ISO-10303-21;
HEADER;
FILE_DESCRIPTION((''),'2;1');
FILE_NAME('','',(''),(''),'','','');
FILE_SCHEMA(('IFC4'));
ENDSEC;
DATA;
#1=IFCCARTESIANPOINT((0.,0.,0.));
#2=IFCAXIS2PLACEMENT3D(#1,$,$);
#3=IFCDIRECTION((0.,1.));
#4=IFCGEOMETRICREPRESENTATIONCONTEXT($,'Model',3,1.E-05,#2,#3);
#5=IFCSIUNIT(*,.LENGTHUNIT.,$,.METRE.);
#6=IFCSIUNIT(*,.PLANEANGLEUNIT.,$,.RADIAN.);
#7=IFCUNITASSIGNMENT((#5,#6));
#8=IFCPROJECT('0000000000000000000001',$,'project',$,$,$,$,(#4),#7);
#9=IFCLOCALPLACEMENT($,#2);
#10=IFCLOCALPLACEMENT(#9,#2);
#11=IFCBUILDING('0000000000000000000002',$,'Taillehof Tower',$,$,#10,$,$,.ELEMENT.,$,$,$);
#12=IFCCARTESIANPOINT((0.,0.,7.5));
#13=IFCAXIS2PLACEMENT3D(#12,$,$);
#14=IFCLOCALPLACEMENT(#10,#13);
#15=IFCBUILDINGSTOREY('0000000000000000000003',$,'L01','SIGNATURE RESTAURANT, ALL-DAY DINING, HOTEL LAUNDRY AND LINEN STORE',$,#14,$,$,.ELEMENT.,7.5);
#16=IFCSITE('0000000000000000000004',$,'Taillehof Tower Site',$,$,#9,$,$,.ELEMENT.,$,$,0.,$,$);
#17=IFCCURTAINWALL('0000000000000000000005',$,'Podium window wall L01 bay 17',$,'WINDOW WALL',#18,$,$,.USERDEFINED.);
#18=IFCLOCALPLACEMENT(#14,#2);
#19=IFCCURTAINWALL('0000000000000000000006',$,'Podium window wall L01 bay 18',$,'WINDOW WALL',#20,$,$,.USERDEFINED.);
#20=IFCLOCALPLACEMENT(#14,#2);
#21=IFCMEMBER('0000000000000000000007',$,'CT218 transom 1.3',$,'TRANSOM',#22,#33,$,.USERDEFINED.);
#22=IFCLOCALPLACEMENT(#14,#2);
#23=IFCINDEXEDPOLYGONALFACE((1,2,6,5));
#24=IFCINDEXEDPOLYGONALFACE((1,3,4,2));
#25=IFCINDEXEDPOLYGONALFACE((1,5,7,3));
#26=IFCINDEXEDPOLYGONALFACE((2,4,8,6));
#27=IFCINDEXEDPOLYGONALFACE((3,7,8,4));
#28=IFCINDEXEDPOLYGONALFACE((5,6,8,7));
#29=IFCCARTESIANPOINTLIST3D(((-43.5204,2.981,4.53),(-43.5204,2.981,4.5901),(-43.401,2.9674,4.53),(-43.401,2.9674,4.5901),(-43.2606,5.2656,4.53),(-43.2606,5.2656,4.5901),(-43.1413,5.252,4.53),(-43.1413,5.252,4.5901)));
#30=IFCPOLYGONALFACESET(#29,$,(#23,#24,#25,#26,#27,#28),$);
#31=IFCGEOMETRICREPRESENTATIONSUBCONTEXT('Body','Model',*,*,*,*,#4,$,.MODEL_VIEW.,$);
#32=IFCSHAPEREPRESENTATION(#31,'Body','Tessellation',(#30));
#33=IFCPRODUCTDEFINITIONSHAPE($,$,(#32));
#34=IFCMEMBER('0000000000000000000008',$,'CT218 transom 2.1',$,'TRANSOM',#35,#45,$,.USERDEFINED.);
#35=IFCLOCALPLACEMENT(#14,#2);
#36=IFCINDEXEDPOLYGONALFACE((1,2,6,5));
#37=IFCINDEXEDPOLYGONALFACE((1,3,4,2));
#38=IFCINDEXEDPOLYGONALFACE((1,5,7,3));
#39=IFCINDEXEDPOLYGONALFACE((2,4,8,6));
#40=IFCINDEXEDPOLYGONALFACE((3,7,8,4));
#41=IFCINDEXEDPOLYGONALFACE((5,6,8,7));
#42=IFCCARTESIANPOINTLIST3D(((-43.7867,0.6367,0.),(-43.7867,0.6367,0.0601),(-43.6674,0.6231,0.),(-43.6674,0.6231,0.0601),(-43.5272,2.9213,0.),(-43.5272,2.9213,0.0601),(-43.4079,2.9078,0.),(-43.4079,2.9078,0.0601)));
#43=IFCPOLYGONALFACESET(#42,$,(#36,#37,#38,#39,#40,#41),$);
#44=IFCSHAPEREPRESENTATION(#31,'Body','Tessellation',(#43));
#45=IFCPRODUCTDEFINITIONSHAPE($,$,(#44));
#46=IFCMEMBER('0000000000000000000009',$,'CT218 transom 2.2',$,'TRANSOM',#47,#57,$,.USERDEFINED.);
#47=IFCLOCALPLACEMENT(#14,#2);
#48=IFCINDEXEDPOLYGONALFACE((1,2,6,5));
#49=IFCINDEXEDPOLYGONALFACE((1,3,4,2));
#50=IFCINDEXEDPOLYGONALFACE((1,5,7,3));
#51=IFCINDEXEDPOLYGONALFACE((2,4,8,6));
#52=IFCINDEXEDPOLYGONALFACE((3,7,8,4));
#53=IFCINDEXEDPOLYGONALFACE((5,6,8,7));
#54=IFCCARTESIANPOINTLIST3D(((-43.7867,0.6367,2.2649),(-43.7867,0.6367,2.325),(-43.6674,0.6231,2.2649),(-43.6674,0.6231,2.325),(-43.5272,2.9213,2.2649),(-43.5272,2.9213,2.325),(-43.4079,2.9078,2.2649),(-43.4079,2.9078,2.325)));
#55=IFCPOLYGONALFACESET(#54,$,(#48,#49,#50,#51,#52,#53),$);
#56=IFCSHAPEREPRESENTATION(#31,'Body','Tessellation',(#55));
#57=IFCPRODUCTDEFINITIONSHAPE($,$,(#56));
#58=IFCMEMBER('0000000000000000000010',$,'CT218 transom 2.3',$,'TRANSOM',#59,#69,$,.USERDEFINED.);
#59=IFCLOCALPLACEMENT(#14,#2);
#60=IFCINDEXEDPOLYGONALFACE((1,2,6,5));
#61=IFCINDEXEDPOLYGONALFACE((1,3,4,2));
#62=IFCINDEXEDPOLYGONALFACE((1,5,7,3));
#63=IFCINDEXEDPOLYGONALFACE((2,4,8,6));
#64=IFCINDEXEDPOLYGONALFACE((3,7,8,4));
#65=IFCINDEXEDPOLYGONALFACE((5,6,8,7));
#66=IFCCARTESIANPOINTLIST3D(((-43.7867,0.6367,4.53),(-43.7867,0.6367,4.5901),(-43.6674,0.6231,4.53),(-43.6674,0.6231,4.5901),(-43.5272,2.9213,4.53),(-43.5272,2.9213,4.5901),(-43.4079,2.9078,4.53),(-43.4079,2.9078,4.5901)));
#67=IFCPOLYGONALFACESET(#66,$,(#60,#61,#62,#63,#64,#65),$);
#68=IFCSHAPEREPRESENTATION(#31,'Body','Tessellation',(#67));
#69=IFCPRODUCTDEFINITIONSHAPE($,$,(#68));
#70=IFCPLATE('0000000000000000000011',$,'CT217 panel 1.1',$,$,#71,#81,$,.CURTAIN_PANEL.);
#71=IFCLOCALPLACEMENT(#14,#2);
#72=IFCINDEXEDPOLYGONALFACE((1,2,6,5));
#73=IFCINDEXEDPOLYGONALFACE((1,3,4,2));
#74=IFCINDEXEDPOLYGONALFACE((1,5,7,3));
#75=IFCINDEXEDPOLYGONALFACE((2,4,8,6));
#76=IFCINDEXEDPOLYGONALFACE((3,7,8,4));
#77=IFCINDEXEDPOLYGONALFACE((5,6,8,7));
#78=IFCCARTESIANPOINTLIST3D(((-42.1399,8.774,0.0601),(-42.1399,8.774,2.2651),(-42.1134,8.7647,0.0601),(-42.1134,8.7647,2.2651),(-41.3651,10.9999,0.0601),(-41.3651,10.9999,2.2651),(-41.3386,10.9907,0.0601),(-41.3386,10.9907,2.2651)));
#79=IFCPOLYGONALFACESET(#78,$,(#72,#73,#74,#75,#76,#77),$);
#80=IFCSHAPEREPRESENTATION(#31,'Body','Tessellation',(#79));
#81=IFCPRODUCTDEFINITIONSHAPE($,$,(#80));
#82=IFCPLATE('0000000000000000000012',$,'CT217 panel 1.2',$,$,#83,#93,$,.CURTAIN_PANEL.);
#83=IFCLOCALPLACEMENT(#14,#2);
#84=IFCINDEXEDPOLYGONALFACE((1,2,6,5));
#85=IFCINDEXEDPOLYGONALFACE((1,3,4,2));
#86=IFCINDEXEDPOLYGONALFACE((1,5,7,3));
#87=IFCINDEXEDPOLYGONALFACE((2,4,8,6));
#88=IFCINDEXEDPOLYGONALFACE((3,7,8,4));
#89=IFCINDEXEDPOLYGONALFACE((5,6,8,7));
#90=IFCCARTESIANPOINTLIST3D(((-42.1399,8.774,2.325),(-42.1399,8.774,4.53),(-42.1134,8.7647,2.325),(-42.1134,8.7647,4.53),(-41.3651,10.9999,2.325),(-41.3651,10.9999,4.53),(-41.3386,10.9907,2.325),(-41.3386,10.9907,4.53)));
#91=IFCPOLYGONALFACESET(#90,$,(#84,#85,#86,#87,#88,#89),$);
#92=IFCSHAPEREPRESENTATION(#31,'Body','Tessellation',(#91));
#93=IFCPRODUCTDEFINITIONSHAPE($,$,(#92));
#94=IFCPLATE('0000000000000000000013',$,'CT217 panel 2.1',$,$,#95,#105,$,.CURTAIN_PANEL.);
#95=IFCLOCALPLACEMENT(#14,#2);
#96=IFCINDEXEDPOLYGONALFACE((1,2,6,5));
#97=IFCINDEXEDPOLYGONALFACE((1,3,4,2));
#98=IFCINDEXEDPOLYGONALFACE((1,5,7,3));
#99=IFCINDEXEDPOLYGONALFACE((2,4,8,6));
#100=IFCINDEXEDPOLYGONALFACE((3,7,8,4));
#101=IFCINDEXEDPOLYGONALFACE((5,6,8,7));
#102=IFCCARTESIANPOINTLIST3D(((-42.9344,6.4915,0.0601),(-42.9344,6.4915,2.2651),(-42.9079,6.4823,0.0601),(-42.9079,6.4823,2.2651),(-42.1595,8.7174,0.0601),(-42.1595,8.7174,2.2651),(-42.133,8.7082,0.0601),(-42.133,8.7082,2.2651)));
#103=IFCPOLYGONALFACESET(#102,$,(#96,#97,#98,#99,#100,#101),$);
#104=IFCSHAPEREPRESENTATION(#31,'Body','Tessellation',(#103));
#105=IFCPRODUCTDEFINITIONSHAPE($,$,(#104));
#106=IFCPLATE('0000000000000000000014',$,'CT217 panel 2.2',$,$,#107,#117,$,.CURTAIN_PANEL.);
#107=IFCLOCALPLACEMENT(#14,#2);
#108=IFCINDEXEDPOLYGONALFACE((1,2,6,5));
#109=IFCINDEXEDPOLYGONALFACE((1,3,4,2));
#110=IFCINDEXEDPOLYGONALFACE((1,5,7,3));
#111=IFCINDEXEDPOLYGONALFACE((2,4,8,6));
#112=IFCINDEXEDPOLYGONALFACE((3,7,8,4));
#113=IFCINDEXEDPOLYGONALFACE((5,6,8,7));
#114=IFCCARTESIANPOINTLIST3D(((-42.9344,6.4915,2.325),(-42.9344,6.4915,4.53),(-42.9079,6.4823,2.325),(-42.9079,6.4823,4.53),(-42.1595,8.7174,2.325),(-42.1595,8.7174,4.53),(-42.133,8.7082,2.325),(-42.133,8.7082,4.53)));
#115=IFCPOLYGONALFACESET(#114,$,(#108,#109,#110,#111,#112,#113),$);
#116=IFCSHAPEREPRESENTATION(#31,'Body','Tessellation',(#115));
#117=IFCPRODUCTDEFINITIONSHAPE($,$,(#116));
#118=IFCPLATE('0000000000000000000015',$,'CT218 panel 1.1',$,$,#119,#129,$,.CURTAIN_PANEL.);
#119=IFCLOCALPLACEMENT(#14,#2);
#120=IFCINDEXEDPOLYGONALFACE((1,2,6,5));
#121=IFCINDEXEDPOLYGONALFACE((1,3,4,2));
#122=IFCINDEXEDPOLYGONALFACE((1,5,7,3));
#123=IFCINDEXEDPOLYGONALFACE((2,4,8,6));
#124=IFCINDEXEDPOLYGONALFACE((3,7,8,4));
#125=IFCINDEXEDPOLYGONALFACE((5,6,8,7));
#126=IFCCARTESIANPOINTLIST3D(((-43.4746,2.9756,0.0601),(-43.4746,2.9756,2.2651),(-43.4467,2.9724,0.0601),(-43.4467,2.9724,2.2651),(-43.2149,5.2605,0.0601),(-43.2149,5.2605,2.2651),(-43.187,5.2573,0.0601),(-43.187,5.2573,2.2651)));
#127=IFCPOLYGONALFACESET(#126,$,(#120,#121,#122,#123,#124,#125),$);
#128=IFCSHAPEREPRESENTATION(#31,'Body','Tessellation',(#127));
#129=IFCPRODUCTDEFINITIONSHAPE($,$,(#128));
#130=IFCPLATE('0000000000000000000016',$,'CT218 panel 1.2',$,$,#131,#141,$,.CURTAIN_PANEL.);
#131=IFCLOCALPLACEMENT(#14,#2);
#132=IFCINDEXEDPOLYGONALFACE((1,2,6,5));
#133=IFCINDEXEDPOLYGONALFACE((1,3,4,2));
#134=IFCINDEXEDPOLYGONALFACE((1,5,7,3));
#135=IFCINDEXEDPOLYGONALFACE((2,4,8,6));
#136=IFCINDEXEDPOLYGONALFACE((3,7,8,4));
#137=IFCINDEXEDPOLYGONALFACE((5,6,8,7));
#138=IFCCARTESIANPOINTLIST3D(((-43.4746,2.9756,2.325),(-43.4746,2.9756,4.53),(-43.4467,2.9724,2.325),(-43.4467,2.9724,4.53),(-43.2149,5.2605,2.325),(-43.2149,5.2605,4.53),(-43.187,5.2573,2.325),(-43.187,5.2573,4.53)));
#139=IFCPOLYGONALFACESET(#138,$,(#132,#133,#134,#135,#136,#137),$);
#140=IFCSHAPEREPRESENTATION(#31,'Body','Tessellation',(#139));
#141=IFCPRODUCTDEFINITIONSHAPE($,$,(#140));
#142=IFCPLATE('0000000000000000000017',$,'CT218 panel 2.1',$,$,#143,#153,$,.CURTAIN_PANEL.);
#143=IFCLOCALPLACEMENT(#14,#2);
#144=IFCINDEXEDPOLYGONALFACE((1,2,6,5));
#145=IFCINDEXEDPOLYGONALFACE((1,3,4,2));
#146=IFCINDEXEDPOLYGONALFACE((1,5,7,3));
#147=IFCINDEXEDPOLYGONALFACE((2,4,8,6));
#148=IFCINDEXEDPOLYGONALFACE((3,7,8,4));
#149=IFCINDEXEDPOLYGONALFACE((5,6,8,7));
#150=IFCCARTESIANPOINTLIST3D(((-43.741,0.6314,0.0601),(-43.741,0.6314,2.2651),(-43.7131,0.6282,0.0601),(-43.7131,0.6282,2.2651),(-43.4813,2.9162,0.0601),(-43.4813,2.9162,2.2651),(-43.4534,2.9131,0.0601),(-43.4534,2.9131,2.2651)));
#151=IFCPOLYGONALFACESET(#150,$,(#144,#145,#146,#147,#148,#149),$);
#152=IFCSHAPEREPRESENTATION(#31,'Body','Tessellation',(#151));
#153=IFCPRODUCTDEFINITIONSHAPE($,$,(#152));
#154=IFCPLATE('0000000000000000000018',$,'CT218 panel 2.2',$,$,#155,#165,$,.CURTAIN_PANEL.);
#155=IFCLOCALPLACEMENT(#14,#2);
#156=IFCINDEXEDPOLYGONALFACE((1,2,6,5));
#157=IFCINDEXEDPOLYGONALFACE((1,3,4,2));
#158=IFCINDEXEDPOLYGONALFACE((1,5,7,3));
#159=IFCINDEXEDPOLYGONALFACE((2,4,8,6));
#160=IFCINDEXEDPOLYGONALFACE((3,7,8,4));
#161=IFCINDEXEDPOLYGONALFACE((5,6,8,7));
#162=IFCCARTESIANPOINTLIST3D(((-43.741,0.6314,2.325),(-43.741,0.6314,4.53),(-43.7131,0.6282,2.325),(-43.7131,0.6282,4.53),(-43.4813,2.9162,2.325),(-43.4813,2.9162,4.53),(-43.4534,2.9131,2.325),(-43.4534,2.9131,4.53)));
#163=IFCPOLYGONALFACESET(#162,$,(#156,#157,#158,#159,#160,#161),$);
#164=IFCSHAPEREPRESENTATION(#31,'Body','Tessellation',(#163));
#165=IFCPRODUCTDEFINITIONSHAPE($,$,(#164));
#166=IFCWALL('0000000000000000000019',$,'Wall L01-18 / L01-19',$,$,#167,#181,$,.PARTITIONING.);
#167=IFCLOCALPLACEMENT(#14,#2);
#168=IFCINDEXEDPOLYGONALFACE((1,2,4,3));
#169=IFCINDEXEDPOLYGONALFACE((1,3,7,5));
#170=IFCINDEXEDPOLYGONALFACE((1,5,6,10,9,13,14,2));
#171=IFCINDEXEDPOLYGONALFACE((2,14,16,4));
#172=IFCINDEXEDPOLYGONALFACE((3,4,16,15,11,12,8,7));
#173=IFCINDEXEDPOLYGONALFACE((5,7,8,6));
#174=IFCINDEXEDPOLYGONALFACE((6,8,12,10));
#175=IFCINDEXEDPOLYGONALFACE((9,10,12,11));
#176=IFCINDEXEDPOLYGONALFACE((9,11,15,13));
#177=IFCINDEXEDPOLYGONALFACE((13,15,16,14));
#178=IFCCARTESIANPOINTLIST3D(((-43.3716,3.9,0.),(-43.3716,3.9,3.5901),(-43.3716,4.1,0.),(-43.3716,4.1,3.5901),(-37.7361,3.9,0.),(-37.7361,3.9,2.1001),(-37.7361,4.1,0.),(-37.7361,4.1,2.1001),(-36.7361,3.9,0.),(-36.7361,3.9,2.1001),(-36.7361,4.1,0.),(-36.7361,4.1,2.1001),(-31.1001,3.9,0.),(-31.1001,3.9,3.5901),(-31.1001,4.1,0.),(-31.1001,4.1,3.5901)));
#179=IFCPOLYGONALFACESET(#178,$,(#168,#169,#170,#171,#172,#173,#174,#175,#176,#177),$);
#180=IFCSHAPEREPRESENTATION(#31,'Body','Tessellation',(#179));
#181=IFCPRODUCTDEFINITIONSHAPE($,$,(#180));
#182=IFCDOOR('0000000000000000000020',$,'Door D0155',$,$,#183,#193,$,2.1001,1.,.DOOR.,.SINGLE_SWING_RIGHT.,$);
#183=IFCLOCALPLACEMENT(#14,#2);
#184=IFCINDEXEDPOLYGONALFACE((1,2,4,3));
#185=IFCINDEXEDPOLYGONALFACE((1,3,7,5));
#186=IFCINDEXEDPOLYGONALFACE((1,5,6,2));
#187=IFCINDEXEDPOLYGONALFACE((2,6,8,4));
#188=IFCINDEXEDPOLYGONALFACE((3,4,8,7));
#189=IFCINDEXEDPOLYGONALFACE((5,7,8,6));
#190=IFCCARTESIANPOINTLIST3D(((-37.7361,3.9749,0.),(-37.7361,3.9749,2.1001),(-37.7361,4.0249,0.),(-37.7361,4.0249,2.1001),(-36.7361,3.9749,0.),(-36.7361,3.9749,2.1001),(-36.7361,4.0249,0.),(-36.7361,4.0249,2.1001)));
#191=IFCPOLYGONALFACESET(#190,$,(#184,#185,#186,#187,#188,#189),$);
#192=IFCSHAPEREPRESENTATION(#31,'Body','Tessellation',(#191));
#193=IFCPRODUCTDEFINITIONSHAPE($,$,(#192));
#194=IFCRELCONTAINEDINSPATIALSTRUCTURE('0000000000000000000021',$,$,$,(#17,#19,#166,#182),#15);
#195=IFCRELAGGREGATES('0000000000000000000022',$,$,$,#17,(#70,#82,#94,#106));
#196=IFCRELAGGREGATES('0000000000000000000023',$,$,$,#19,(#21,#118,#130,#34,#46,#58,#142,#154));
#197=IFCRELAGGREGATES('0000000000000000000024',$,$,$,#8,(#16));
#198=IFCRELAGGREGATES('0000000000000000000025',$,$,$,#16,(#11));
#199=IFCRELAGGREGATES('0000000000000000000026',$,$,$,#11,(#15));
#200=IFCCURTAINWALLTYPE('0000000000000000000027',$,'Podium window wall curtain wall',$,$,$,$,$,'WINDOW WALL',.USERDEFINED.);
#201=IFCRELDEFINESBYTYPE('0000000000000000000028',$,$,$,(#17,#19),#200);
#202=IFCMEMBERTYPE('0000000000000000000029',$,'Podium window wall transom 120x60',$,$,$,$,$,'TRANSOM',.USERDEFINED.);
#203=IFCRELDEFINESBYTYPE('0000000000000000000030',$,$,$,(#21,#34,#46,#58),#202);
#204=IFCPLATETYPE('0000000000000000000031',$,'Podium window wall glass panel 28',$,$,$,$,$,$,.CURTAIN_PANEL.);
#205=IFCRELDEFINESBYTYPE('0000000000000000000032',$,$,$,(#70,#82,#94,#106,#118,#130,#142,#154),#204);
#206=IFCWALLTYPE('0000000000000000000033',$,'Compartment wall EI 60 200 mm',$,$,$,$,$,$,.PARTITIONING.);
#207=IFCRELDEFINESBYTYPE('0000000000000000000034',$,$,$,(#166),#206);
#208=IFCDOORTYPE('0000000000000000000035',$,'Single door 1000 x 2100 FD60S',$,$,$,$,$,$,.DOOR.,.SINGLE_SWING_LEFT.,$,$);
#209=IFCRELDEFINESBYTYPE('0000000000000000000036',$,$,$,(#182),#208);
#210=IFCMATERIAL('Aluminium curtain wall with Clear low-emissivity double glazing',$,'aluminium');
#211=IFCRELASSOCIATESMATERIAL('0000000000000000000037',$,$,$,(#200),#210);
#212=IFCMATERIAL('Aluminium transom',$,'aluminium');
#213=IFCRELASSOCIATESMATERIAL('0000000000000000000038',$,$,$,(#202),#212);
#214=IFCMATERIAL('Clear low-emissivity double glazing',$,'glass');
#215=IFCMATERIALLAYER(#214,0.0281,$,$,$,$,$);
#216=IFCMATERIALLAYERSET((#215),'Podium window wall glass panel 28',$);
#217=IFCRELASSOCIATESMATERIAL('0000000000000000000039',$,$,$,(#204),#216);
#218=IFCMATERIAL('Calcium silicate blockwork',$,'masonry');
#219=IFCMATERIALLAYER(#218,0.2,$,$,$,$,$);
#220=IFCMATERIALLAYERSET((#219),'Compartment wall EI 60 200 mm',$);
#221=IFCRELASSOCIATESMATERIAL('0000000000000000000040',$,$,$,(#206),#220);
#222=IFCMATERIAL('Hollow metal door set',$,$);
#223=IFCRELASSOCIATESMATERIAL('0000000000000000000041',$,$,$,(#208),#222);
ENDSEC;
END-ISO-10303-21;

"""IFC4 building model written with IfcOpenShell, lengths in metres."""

from ifc_helpers import new_model, si_unit, direction, frame, frame_2d, origin, origin_2d, place, context, subcontext, project, spatial, rectangle, extrude, material, layer, layer_set, material_profile, profile_set, type_object, element, fill, aggregate, save


model = new_model("IFC4")

# Units and contexts
model_context = context("Model", 3, precision=1e-05, world=origin(), true_north=direction((0.0, 1.0)))
body_context = subcontext(model_context, "Body", "Model", "MODEL_VIEW")
ifc_project = project(units=[si_unit("LENGTHUNIT", "METRE"), si_unit("PLANEANGLEUNIT", "RADIAN")], contexts=[model_context])

# Site, building, storey
site_placement = place(None, origin())
site = spatial("IfcSite", under=ifc_project, at=site_placement, Name="Taillehof Tower Site", CompositionType="ELEMENT", RefElevation=0.0)
building_placement = place(site_placement, origin())
building = spatial("IfcBuilding", under=site, at=building_placement, Name="Taillehof Tower", CompositionType="ELEMENT")
storey_placement = place(building_placement, frame((0.0, 0.0, 7.5)))
storey = spatial("IfcBuildingStorey", under=building, at=storey_placement, Name="L01", Description="SIGNATURE RESTAURANT, ALL-DAY DINING, HOTEL LAUNDRY AND LINEN STORE", CompositionType="ELEMENT", Elevation=7.5)

# Curtain walls
ifc_material_1 = material(Name="Aluminium curtain wall with Clear low-emissivity double glazing", Category="aluminium")
curtain_wall_type = type_object("IfcCurtainWallType", Name="Podium window wall curtain wall", ElementType="WINDOW WALL", PredefinedType="USERDEFINED", material=ifc_material_1)
curtain_wall_1_placement = place(storey_placement, origin())
curtain_wall_1 = element("IfcCurtainWall", 1, at=curtain_wall_1_placement, inside=storey, type_object=curtain_wall_type, Name="Podium window wall L01 bay 17", ObjectType="WINDOW WALL", PredefinedType="USERDEFINED")
curtain_wall_2_placement = place(storey_placement, origin())
curtain_wall_2 = element("IfcCurtainWall", 2, at=curtain_wall_2_placement, inside=storey, type_object=curtain_wall_type, Name="Podium window wall L01 bay 18", ObjectType="WINDOW WALL", PredefinedType="USERDEFINED")

# Members
ifc_material_2 = material(Name="Aluminium transom", Category="aluminium")
ifc_material_profile_1 = material_profile(ifc_material_2, rectangle(XDim=0.1201, YDim=0.0601, at=origin_2d()), Name="AL 120x60")
ifc_profile_set_1 = profile_set([ifc_material_profile_1], Name="Aluminium transom")
member_type_1 = type_object("IfcMemberType", Name="Podium window wall transom 120x60", ElementType="TRANSOM", PredefinedType="USERDEFINED", material=ifc_profile_set_1)
member_1_placement = place(storey_placement, frame((-43.2009, 5.2588, 4.5601), z_axis=(-0.112972, -0.993598, 0.0), x_axis=(0.993598, -0.112972, 0.0)))
member_1 = element("IfcMember", 3, at=member_1_placement, type_object=member_type_1, Name="CT218 transom 1.3", ObjectType="TRANSOM", PredefinedType="USERDEFINED", context=body_context, shape_type="SweptSolid", body=[
    extrude(rectangle(XDim=0.1201, YDim=0.0601, at=origin_2d()), origin(), (0.0, 0.0, 1.0), 2.2993),
])
member_2_placement = place(storey_placement, frame((-43.4675, 2.9146, 0.03), z_axis=(-0.112867, -0.99361, 0.0), x_axis=(0.99361, -0.112867, 0.0)))
member_2 = element("IfcMember", 4, at=member_2_placement, type_object=member_type_1, Name="CT218 transom 2.1", ObjectType="TRANSOM", PredefinedType="USERDEFINED", context=body_context, shape_type="SweptSolid", body=[
    extrude(rectangle(XDim=0.1201, YDim=0.0601, at=origin_2d()), origin(), (0.0, 0.0, 1.0), 2.2993),
])
member_3_placement = place(storey_placement, frame((-43.4675, 2.9146, 2.2949), z_axis=(-0.112867, -0.99361, 0.0), x_axis=(0.99361, -0.112867, 0.0)))
member_3 = element("IfcMember", 5, at=member_3_placement, type_object=member_type_1, Name="CT218 transom 2.2", ObjectType="TRANSOM", PredefinedType="USERDEFINED", context=body_context, shape_type="SweptSolid", body=[
    extrude(rectangle(XDim=0.1201, YDim=0.0601, at=origin_2d()), origin(), (0.0, 0.0, 1.0), 2.2993),
])
member_4_placement = place(storey_placement, frame((-43.4675, 2.9146, 4.5601), z_axis=(-0.112867, -0.99361, 0.0), x_axis=(0.99361, -0.112867, 0.0)))
member_4 = element("IfcMember", 6, at=member_4_placement, type_object=member_type_1, Name="CT218 transom 2.3", ObjectType="TRANSOM", PredefinedType="USERDEFINED", context=body_context, shape_type="SweptSolid", body=[
    extrude(rectangle(XDim=0.1201, YDim=0.0601, at=origin_2d()), origin(), (0.0, 0.0, 1.0), 2.2993),
])

# Plates
ifc_material_3 = material(Name="Clear low-emissivity double glazing", Category="glass")
ifc_layer_1 = layer(ifc_material_3, 0.0281)
ifc_layer_set_1 = layer_set([ifc_layer_1], Name="Podium window wall glass panel 28")
plate_type = type_object("IfcPlateType", Name="Podium window wall glass panel 28", PredefinedType="CURTAIN_PANEL", material=ifc_layer_set_1)
plate_1_placement = place(storey_placement, frame((-41.7393, 9.8823, 0.0601), z_axis=(0.0, 0.0, 1.0), x_axis=(-0.328758, -0.944414, 0.0)))
plate_1 = element("IfcPlate", 7, at=plate_1_placement, type_object=plate_type, Name="CT217 panel 1.1", PredefinedType="CURTAIN_PANEL", context=body_context, shape_type="SweptSolid", body=[
    extrude(rectangle(XDim=2.3569, YDim=0.0281, at=origin_2d()), origin(), (0.0, 0.0, 1.0), 2.2051),
])
plate_2_placement = place(storey_placement, frame((-41.7393, 9.8823, 2.325), z_axis=(0.0, 0.0, 1.0), x_axis=(-0.328758, -0.944414, 0.0)))
plate_2 = element("IfcPlate", 8, at=plate_2_placement, type_object=plate_type, Name="CT217 panel 1.2", PredefinedType="CURTAIN_PANEL", context=body_context, shape_type="SweptSolid", body=[
    extrude(rectangle(XDim=2.3569, YDim=0.0281, at=origin_2d()), origin(), (0.0, 0.0, 1.0), 2.2051),
])
plate_3_placement = place(storey_placement, frame((-42.5337, 7.5999, 0.0601), z_axis=(0.0, 0.0, 1.0), x_axis=(-0.328758, -0.944414, 0.0)))
plate_3 = element("IfcPlate", 9, at=plate_3_placement, type_object=plate_type, Name="CT217 panel 2.1", PredefinedType="CURTAIN_PANEL", context=body_context, shape_type="SweptSolid", body=[
    extrude(rectangle(XDim=2.3569, YDim=0.0281, at=origin_2d()), origin(), (0.0, 0.0, 1.0), 2.2051),
])
plate_4_placement = place(storey_placement, frame((-42.5337, 7.5999, 2.325), z_axis=(0.0, 0.0, 1.0), x_axis=(-0.328758, -0.944414, 0.0)))
plate_4 = element("IfcPlate", 10, at=plate_4_placement, type_object=plate_type, Name="CT217 panel 2.2", PredefinedType="CURTAIN_PANEL", context=body_context, shape_type="SweptSolid", body=[
    extrude(rectangle(XDim=2.3569, YDim=0.0281, at=origin_2d()), origin(), (0.0, 0.0, 1.0), 2.2051),
])
aggregate(curtain_wall_1, [plate_1, plate_2, plate_3, plate_4])
plate_5_placement = place(storey_placement, frame((-43.3308, 4.1165, 0.0601), z_axis=(0.0, 0.0, 1.0), x_axis=(-0.112932, -0.993603, 0.0)))
plate_5 = element("IfcPlate", 11, at=plate_5_placement, type_object=plate_type, Name="CT218 panel 1.1", PredefinedType="CURTAIN_PANEL", context=body_context, shape_type="SweptSolid", body=[
    extrude(rectangle(XDim=2.2996, YDim=0.0281, at=origin_2d()), origin(), (0.0, 0.0, 1.0), 2.2051),
])
plate_6_placement = place(storey_placement, frame((-43.3308, 4.1165, 2.325), z_axis=(0.0, 0.0, 1.0), x_axis=(-0.112932, -0.993603, 0.0)))
plate_6 = element("IfcPlate", 12, at=plate_6_placement, type_object=plate_type, Name="CT218 panel 1.2", PredefinedType="CURTAIN_PANEL", context=body_context, shape_type="SweptSolid", body=[
    extrude(rectangle(XDim=2.2996, YDim=0.0281, at=origin_2d()), origin(), (0.0, 0.0, 1.0), 2.2051),
])
plate_7_placement = place(storey_placement, frame((-43.5972, 1.7722, 0.0601), z_axis=(0.0, 0.0, 1.0), x_axis=(-0.112932, -0.993603, 0.0)))
plate_7 = element("IfcPlate", 13, at=plate_7_placement, type_object=plate_type, Name="CT218 panel 2.1", PredefinedType="CURTAIN_PANEL", context=body_context, shape_type="SweptSolid", body=[
    extrude(rectangle(XDim=2.2996, YDim=0.0281, at=origin_2d()), origin(), (0.0, 0.0, 1.0), 2.2051),
])
plate_8_placement = place(storey_placement, frame((-43.5972, 1.7722, 2.325), z_axis=(0.0, 0.0, 1.0), x_axis=(-0.112932, -0.993603, 0.0)))
plate_8 = element("IfcPlate", 14, at=plate_8_placement, type_object=plate_type, Name="CT218 panel 2.2", PredefinedType="CURTAIN_PANEL", context=body_context, shape_type="SweptSolid", body=[
    extrude(rectangle(XDim=2.2996, YDim=0.0281, at=origin_2d()), origin(), (0.0, 0.0, 1.0), 2.2051),
])
aggregate(curtain_wall_2, [member_1, plate_5, plate_6, member_2, member_3, member_4, plate_7, plate_8])

# Wall, opening, door
ifc_material_4 = material(Name="Calcium silicate blockwork", Category="masonry")
ifc_layer_2 = layer(ifc_material_4, 0.2)
ifc_layer_set_2 = layer_set([ifc_layer_2], Name="Compartment wall EI 60 200 mm")
wall_type = type_object("IfcWallType", Name="Compartment wall EI 60 200 mm", PredefinedType="PARTITIONING", material=ifc_layer_set_2)
wall_placement = place(storey_placement, frame((-43.3716, 4.0, 0.0), z_axis=(0.0, 0.0, 1.0), x_axis=(1.0, 0.0, 0.0)))
wall = element("IfcWall", 15, at=wall_placement, inside=storey, type_object=wall_type, Name="Wall L01-18 / L01-19", PredefinedType="PARTITIONING", context=body_context, shape_type="SweptSolid", body=[
    extrude(rectangle(XDim=12.2715, YDim=0.2, at=frame_2d((6.1357, 0.0))), origin(), (0.0, 0.0, 1.0), 3.5901),
])
opening_placement = place(wall_placement, frame((5.6355, 0.0, 0.0)))
opening = element("IfcOpeningElement", 16, at=opening_placement, cuts=wall, PredefinedType="OPENING", context=body_context, shape_type="SweptSolid", body=[
    extrude(rectangle(XDim=1.0, YDim=2.1001, at=frame_2d((0.5, 1.05))), frame((0.0, 0.1099, 0.0), z_axis=(0.0, -1.0, 0.0), x_axis=(1.0, 0.0, 0.0)), (0.0, 0.0, 1.0), 0.22),
])
ifc_material_5 = material(Name="Hollow metal door set")
door_type = type_object("IfcDoorType", Name="Single door 1000 x 2100 FD60S", OperationType="SINGLE_SWING_LEFT", PredefinedType="DOOR", material=ifc_material_5)
door_placement = place(opening_placement, origin())
door = element("IfcDoor", 17, at=door_placement, inside=storey, type_object=door_type, Name="Door D0155", OperationType="SINGLE_SWING_RIGHT", OverallHeight=2.1001, OverallWidth=1.0, PredefinedType="DOOR", context=body_context, shape_type="SweptSolid", body=[
    extrude(rectangle(XDim=1.0, YDim=2.1001, at=frame_2d((0.5, 1.05))), frame((0.0, 0.0249, 0.0), z_axis=(0.0, -1.0, 0.0), x_axis=(1.0, 0.0, 0.0)), (0.0, 0.0, 1.0), 0.05),
])
fill(opening, door)

save(model, "model.ifc")
